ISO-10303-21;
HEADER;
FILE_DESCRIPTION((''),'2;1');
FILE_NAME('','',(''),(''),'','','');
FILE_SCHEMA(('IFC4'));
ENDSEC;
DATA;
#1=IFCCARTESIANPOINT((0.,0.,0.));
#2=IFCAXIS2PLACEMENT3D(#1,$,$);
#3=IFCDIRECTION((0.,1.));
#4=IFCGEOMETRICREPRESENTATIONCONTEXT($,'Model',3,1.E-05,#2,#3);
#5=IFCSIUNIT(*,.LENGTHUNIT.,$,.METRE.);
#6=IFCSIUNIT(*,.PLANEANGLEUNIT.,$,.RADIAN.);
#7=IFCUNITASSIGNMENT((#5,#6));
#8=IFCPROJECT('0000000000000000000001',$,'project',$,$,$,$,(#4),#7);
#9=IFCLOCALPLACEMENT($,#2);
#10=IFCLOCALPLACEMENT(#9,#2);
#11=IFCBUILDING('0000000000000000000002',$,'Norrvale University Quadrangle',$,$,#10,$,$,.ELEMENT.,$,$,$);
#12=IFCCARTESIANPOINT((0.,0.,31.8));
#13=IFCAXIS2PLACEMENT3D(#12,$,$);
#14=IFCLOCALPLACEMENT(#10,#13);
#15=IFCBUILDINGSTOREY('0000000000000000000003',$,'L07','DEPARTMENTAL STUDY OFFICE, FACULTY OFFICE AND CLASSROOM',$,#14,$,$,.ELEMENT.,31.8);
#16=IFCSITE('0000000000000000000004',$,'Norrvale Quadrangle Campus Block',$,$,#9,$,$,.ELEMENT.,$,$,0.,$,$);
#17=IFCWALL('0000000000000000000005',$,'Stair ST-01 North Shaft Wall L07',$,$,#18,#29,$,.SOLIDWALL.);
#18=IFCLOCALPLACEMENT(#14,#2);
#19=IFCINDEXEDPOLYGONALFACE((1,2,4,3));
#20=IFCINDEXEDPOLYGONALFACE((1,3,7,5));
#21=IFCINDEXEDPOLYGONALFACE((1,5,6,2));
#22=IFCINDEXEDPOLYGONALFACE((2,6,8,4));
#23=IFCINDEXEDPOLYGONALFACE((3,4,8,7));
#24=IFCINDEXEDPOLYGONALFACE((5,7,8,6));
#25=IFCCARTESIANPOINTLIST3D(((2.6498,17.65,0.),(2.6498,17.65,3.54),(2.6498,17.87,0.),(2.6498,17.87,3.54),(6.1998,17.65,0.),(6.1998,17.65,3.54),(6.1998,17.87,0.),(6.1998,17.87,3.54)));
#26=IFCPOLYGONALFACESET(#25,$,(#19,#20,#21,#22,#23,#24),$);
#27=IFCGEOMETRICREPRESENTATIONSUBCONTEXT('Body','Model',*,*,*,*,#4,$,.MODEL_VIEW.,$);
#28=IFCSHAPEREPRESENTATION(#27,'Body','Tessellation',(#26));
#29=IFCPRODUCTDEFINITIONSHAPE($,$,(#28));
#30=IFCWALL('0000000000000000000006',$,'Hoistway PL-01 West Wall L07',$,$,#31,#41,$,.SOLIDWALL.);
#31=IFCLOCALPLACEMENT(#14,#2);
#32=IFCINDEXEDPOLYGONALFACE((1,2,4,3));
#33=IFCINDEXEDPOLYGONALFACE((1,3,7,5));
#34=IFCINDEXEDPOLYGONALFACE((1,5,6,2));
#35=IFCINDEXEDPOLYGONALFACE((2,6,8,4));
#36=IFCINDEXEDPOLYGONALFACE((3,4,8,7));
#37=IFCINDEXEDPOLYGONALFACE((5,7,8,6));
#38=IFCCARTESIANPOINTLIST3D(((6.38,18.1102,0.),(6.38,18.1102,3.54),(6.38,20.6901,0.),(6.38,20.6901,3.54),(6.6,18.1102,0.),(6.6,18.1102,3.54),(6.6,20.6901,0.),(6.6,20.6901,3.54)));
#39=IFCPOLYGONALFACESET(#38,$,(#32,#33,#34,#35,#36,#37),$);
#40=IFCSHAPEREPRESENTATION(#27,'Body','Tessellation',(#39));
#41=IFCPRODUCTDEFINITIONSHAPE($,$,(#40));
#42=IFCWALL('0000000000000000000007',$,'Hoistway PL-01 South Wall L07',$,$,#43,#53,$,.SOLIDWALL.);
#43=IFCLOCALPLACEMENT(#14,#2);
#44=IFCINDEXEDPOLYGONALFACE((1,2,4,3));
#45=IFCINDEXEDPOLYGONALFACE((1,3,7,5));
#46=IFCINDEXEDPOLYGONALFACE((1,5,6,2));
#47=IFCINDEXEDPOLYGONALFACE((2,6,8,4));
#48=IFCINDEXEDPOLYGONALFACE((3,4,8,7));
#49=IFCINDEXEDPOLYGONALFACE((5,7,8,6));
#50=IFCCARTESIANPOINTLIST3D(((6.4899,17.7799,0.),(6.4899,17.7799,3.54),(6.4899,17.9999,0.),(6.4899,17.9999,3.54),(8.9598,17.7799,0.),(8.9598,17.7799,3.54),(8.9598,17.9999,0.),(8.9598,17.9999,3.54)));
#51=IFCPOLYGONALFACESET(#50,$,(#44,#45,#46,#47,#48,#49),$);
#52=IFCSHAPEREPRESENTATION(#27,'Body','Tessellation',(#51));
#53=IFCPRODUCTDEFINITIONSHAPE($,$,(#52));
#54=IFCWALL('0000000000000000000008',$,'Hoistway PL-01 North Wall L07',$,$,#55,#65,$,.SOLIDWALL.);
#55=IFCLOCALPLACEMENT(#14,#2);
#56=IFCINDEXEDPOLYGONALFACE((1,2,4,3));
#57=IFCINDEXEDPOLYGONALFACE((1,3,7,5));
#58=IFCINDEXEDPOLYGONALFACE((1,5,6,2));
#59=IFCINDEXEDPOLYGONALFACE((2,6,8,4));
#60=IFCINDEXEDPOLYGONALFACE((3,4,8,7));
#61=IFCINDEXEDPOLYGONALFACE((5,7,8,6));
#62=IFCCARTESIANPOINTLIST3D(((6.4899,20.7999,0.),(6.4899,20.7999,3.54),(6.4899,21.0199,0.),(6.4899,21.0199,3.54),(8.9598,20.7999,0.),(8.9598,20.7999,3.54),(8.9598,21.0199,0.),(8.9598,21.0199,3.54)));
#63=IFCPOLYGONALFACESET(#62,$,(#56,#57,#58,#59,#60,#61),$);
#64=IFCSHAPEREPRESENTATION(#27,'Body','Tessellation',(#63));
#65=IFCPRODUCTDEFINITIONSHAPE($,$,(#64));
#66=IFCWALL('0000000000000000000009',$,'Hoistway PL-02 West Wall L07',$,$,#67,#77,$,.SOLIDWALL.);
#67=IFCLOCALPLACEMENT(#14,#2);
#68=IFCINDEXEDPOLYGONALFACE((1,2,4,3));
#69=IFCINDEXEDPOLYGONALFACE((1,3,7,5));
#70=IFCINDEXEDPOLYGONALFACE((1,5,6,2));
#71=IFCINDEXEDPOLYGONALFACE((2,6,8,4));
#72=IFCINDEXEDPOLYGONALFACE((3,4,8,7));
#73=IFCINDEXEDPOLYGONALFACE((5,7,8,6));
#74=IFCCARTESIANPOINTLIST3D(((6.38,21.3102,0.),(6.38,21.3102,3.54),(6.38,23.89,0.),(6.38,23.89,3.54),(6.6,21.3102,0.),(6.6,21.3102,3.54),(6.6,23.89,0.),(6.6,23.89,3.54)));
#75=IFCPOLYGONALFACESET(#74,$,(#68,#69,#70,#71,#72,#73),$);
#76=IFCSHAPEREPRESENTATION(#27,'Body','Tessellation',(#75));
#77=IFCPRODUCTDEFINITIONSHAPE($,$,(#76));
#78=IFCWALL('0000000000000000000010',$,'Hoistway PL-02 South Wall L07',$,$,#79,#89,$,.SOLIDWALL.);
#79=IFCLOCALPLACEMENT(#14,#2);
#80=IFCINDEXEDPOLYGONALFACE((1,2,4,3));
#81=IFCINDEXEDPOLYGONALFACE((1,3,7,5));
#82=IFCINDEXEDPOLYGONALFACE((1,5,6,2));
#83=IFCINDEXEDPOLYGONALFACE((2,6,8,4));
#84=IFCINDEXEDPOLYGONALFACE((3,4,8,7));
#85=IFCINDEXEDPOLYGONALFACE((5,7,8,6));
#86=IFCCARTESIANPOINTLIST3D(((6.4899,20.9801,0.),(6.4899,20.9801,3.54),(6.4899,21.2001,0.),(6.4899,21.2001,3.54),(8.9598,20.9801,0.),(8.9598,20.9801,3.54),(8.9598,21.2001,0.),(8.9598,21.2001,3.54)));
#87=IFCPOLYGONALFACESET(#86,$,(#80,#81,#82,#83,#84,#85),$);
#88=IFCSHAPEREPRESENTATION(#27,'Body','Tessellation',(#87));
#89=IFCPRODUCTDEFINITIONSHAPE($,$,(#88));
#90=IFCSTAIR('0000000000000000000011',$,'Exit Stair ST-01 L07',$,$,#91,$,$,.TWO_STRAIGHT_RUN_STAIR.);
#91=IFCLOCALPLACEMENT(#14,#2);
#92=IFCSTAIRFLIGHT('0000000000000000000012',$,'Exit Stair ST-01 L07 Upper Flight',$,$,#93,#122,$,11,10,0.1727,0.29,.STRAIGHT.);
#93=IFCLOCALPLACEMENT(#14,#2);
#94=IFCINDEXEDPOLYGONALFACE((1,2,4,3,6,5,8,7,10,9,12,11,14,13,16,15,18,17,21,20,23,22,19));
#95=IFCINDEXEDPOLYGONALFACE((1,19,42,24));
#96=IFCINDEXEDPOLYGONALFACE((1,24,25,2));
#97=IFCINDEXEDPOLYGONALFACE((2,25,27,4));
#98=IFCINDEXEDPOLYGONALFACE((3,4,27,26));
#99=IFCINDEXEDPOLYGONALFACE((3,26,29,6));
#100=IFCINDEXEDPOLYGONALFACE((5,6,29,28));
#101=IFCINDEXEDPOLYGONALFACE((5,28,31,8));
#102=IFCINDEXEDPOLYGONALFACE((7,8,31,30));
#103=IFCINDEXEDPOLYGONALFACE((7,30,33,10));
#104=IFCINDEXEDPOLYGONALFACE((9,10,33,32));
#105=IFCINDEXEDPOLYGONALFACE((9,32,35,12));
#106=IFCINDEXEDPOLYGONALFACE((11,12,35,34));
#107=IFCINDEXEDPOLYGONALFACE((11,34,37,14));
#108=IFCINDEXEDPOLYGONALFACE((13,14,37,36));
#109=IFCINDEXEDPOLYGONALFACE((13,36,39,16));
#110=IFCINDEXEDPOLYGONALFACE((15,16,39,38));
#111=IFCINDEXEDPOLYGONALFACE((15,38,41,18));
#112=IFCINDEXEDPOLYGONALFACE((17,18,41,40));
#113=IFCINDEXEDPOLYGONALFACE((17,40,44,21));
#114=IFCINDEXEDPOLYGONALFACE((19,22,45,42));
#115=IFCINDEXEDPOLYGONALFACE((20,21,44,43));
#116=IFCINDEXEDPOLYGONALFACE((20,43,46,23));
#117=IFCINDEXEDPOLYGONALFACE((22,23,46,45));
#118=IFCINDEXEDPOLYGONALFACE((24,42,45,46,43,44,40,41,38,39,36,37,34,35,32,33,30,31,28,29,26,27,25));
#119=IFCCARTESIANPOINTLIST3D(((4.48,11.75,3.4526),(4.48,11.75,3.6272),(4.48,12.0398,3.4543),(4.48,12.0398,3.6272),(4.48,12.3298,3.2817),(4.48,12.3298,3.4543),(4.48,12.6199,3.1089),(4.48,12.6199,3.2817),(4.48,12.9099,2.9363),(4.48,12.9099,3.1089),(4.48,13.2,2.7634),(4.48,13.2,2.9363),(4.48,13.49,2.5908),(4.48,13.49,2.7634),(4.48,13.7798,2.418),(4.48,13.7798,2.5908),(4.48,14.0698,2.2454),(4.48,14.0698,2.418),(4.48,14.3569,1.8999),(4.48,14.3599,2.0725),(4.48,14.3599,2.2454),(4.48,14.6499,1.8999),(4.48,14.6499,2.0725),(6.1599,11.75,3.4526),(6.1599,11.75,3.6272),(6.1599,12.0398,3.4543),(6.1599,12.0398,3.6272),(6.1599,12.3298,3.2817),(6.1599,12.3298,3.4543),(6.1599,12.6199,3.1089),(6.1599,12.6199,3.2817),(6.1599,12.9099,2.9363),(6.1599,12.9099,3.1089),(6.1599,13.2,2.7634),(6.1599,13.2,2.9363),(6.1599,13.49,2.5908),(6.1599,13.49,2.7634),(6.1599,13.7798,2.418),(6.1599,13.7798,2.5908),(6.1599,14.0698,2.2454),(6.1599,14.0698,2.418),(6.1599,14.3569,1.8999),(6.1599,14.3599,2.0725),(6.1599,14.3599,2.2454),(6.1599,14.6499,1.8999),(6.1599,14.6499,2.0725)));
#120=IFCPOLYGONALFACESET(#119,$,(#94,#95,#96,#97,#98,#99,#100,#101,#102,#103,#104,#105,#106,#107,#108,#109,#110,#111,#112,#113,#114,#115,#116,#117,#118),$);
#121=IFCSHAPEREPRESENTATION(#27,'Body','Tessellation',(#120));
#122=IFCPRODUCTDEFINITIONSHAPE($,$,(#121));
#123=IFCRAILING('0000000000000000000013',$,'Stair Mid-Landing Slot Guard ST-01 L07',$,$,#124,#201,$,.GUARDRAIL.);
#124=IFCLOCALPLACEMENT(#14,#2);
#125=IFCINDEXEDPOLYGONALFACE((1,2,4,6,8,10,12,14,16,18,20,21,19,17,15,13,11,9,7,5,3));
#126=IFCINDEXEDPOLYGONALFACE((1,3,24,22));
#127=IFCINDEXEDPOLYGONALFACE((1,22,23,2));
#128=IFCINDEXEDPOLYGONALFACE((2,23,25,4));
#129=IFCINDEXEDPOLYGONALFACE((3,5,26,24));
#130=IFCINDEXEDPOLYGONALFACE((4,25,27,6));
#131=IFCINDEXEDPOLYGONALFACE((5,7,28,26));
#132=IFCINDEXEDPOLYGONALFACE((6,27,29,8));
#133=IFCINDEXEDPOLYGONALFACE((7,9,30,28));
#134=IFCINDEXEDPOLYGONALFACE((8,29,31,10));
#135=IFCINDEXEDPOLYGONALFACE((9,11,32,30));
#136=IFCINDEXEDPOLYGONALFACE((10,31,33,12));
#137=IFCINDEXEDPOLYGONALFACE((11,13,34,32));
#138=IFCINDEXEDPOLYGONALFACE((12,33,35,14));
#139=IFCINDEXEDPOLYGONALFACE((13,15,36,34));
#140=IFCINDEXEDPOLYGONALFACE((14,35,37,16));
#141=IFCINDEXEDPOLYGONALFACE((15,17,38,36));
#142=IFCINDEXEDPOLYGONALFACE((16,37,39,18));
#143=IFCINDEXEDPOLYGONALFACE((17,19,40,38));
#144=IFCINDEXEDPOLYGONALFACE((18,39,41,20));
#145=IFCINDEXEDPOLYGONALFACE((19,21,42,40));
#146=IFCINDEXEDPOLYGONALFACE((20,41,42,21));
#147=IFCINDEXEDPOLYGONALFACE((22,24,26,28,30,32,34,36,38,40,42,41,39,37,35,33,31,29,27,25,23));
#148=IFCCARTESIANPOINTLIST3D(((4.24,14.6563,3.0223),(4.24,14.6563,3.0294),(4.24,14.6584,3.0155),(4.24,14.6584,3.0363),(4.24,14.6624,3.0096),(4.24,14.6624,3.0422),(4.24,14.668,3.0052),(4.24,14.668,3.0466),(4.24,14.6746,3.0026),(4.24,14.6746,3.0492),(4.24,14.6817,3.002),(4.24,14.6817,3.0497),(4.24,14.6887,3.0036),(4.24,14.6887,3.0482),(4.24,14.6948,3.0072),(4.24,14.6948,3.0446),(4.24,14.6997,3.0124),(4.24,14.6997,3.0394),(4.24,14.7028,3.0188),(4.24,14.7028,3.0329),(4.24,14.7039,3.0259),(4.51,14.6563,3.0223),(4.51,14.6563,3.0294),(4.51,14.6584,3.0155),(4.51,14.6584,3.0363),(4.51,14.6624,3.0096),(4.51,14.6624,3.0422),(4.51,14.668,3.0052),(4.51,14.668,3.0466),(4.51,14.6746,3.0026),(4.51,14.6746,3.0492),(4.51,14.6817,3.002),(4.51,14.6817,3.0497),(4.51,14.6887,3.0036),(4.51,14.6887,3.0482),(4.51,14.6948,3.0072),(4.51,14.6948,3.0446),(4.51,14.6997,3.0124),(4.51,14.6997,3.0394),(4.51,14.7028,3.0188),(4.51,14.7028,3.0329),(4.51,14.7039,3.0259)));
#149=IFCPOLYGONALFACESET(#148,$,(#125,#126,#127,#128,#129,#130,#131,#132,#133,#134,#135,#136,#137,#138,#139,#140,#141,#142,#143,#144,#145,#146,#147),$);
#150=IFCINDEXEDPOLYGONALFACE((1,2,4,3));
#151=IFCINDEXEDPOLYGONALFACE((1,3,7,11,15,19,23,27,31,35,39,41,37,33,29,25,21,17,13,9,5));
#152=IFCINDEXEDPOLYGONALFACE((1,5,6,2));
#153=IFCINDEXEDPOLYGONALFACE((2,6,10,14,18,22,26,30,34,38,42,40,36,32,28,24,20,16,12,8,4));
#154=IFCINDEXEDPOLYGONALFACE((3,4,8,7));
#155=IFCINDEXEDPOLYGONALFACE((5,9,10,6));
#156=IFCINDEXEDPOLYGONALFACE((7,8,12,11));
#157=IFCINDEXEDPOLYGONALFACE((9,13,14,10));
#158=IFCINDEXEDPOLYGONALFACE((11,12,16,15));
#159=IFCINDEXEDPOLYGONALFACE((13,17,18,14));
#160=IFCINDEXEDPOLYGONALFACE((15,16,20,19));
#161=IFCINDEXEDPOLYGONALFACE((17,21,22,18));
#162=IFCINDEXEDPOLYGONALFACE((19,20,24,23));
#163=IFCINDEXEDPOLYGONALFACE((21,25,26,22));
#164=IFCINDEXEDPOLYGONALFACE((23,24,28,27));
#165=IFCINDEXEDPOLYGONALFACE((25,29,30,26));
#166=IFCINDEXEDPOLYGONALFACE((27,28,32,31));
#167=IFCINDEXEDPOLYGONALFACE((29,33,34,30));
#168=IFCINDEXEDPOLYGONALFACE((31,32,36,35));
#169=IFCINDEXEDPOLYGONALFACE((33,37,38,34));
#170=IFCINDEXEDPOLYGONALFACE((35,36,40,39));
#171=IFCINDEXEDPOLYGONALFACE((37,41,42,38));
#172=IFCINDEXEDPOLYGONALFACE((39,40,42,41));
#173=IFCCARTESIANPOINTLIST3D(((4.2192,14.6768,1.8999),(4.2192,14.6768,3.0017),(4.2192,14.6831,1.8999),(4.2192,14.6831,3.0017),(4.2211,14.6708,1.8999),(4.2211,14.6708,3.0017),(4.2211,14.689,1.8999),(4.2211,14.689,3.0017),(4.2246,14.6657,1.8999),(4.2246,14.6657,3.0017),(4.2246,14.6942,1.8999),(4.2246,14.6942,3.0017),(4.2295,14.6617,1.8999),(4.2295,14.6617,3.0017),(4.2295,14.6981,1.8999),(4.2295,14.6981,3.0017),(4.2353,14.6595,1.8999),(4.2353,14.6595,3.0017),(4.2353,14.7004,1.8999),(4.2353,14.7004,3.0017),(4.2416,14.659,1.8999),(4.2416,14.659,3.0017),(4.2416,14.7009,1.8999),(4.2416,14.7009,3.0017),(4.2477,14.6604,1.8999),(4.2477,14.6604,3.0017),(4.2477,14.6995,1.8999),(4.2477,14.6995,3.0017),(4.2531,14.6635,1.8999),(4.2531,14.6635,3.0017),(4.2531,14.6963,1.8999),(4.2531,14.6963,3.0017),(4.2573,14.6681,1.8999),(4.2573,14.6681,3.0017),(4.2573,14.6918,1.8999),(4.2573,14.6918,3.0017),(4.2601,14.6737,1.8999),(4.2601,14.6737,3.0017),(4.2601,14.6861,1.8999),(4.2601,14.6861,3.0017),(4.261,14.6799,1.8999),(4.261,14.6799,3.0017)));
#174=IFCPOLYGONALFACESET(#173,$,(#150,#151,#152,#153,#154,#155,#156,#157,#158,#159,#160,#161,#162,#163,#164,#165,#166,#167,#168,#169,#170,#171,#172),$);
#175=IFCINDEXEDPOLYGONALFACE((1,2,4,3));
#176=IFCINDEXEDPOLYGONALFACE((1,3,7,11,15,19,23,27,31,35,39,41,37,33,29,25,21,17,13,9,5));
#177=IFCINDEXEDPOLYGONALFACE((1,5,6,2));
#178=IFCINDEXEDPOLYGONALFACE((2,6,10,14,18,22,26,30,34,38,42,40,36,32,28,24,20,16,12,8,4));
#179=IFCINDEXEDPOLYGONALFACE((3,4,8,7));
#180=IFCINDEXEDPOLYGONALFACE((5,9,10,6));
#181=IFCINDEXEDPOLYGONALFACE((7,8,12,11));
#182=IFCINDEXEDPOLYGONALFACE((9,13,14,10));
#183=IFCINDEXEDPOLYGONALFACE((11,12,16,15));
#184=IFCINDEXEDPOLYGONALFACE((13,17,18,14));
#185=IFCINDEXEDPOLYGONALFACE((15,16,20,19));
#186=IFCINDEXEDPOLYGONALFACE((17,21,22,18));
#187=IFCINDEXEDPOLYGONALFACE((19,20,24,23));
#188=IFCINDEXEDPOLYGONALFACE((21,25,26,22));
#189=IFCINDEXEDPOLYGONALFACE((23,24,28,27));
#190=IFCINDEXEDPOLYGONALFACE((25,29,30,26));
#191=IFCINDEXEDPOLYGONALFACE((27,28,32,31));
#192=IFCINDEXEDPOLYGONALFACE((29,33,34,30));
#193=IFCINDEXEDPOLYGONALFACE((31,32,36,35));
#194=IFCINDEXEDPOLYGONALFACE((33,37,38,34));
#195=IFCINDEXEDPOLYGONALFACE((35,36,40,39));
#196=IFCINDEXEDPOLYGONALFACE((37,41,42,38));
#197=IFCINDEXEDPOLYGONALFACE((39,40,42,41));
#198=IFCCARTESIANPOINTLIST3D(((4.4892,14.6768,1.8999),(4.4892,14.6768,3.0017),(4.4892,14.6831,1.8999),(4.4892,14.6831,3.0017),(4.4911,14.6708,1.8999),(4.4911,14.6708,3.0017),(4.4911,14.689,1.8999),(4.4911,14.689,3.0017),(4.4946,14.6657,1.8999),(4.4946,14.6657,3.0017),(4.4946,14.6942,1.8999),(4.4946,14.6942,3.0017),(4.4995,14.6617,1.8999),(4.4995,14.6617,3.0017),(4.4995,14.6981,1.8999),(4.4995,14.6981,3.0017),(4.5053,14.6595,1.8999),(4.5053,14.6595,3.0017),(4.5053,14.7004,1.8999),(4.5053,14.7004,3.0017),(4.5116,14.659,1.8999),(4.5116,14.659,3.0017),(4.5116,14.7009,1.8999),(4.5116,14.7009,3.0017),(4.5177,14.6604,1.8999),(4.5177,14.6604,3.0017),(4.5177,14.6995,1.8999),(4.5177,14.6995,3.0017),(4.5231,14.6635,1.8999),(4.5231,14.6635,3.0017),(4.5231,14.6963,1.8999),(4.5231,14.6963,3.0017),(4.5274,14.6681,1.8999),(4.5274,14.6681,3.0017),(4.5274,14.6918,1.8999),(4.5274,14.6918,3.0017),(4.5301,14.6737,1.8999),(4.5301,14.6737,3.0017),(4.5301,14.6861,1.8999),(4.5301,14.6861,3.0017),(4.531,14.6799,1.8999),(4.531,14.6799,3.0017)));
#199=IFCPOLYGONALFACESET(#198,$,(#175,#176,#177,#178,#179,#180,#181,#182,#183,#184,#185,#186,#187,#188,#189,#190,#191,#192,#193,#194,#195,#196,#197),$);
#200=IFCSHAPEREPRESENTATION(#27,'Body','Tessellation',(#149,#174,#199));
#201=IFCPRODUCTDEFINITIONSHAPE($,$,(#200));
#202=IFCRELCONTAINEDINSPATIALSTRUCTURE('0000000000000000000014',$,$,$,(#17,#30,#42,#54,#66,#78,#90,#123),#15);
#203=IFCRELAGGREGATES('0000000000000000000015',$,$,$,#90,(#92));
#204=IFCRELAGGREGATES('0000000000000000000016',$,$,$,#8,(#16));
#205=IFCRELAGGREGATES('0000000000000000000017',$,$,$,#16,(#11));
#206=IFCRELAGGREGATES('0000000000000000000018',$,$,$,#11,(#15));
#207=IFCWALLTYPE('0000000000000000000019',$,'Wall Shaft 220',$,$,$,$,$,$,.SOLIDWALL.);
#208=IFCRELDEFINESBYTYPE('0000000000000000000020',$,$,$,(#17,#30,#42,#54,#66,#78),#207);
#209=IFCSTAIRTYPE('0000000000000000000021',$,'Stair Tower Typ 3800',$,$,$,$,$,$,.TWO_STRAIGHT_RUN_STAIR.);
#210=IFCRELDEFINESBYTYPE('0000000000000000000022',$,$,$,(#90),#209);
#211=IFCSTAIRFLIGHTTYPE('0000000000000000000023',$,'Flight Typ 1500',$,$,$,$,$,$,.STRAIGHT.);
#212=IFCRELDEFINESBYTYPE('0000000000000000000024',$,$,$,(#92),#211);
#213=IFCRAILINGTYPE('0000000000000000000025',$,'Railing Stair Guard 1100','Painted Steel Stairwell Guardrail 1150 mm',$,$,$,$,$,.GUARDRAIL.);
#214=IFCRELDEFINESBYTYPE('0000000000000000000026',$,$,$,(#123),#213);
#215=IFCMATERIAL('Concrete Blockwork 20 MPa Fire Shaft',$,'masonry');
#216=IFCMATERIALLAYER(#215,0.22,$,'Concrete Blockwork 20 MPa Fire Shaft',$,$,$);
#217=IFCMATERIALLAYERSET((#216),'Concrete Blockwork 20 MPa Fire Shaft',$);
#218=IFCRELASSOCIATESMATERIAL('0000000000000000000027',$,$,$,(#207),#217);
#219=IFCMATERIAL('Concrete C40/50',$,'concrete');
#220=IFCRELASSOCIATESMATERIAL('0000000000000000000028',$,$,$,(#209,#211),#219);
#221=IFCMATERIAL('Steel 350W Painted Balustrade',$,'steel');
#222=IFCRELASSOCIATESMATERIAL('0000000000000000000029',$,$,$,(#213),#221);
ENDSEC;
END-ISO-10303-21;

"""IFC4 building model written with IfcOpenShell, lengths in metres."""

from ifc_helpers import new_model, si_unit, direction, frame, frame_2d, origin, origin_2d, place, context, subcontext, project, spatial, polyline, rectangle, circle, outline, extrude, material, layer, layer_set, type_object, element, aggregate, save


model = new_model("IFC4")

# Units and contexts
model_context = context("Model", 3, precision=1e-05, world=origin(), true_north=direction((0.0, 1.0)))
body_context = subcontext(model_context, "Body", "Model", "MODEL_VIEW")
ifc_project = project(units=[si_unit("LENGTHUNIT", "METRE"), si_unit("PLANEANGLEUNIT", "RADIAN")], contexts=[model_context])

# Site, building, storey
site_placement = place(None, origin())
site = spatial("IfcSite", under=ifc_project, at=site_placement, Name="Norrvale Quadrangle Campus Block", CompositionType="ELEMENT", RefElevation=0.0)
building_placement = place(site_placement, origin())
building = spatial("IfcBuilding", under=site, at=building_placement, Name="Norrvale University Quadrangle", CompositionType="ELEMENT")
storey_placement = place(building_placement, frame((0.0, 0.0, 31.8)))
storey = spatial("IfcBuildingStorey", under=building, at=storey_placement, Name="L07", Description="DEPARTMENTAL STUDY OFFICE, FACULTY OFFICE AND CLASSROOM", CompositionType="ELEMENT", Elevation=31.8)

# Walls
ifc_material_1 = material(Name="Concrete Blockwork 20 MPa Fire Shaft", Category="masonry")
ifc_layer_1 = layer(ifc_material_1, 0.22, Name="Concrete Blockwork 20 MPa Fire Shaft")
ifc_layer_set_1 = layer_set([ifc_layer_1], Name="Concrete Blockwork 20 MPa Fire Shaft")
wall_type_1 = type_object("IfcWallType", Name="Wall Shaft 220", PredefinedType="SOLIDWALL", material=ifc_layer_set_1)
wall_1_placement = place(storey_placement, frame((2.6499, 17.76, 0.0), z_axis=(0.0, 0.0, 1.0), x_axis=(1.0, 0.0, 0.0)))
element("IfcWall", 1, at=wall_1_placement, inside=storey, type_object=wall_type_1, Name="Stair ST-01 North Shaft Wall L07", PredefinedType="SOLIDWALL", context=body_context, shape_type="SweptSolid", body=[
    extrude(rectangle(XDim=3.55, YDim=0.22, at=frame_2d((1.7749, 0.0))), origin(), (0.0, 0.0, 1.0), 3.54),
])
wall_2_placement = place(storey_placement, frame((6.49, 18.1101, 0.0), z_axis=(0.0, 0.0, 1.0), x_axis=(0.0, 1.0, 0.0)))
element("IfcWall", 2, at=wall_2_placement, inside=storey, type_object=wall_type_1, Name="Hoistway PL-01 West Wall L07", PredefinedType="SOLIDWALL", context=body_context, shape_type="SweptSolid", body=[
    extrude(rectangle(XDim=2.5798, YDim=0.22, at=frame_2d((1.29, 0.0))), origin(), (0.0, 0.0, 1.0), 3.54),
])
for number, where, z_axis, x_axis, name in (
    (3, (6.49, 17.8899, 0.0), (0.0, 0.0, 1.0), (1.0, 0.0, 0.0), "Hoistway PL-01 South Wall L07"),
    (4, (6.49, 20.9099, 0.0), (0.0, 0.0, 1.0), (1.0, 0.0, 0.0), "Hoistway PL-01 North Wall L07"),
):
    element("IfcWall", number, at=place(storey_placement, frame(where, z_axis=z_axis, x_axis=x_axis)), inside=storey, type_object=wall_type_1, Name=name, PredefinedType="SOLIDWALL", context=body_context, shape_type="SweptSolid", body=[
        extrude(rectangle(XDim=2.47, YDim=0.22, at=frame_2d((1.2349, 0.0))), origin(), (0.0, 0.0, 1.0), 3.54),
    ])
wall_3_placement = place(storey_placement, frame((6.49, 21.3101, 0.0), z_axis=(0.0, 0.0, 1.0), x_axis=(0.0, 1.0, 0.0)))
element("IfcWall", 5, at=wall_3_placement, inside=storey, type_object=wall_type_1, Name="Hoistway PL-02 West Wall L07", PredefinedType="SOLIDWALL", context=body_context, shape_type="SweptSolid", body=[
    extrude(rectangle(XDim=2.5798, YDim=0.22, at=frame_2d((1.29, 0.0))), origin(), (0.0, 0.0, 1.0), 3.54),
])
wall_4_placement = place(storey_placement, frame((6.49, 21.0901, 0.0), z_axis=(0.0, 0.0, 1.0), x_axis=(1.0, 0.0, 0.0)))
element("IfcWall", 6, at=wall_4_placement, inside=storey, type_object=wall_type_1, Name="Hoistway PL-02 South Wall L07", PredefinedType="SOLIDWALL", context=body_context, shape_type="SweptSolid", body=[
    extrude(rectangle(XDim=2.47, YDim=0.22, at=frame_2d((1.2349, 0.0))), origin(), (0.0, 0.0, 1.0), 3.54),
])

# Stair, stair flight
ifc_material_2 = material(Name="Concrete C40/50", Category="concrete")
stair_type = type_object("IfcStairType", Name="Stair Tower Typ 3800", PredefinedType="TWO_STRAIGHT_RUN_STAIR", material=ifc_material_2)
stair_placement = place(storey_placement, origin())
stair = element("IfcStair", 7, at=stair_placement, inside=storey, type_object=stair_type, Name="Exit Stair ST-01 L07", PredefinedType="TWO_STRAIGHT_RUN_STAIR")
stair_flight_type = type_object("IfcStairFlightType", Name="Flight Typ 1500", PredefinedType="STRAIGHT", material=ifc_material_2)
stair_flight_placement = place(storey_placement, frame((5.3201, 14.6499, 1.8999), z_axis=(0.0, 0.0, 1.0), x_axis=(0.0, -1.0, 0.0)))
stair_flight = element("IfcStairFlight", 8, at=stair_flight_placement, type_object=stair_flight_type, Name="Exit Stair ST-01 L07 Upper Flight", NumberOfRisers=11, NumberOfTreads=10, PredefinedType="STRAIGHT", RiserHeight=0.1727, TreadLength=0.29, context=body_context, shape_type="SweptSolid", body=[
    extrude(outline(polyline([(0.0, 0.0), (0.0, 0.1726), (0.29, 0.1726), (0.29, 0.3455), (0.5801, 0.3455), (0.5801, 0.5181), (0.8701, 0.5181), (0.8701, 0.6909), (1.1599, 0.6909), (1.1599, 0.8635), (1.45, 0.8635), (1.45, 1.0364), (1.74, 1.0364), (1.74, 1.209), (2.03, 1.209), (2.03, 1.3818), (2.3201, 1.3818), (2.3201, 1.5544), (2.6101, 1.5544), (2.6101, 1.7273), (2.8999, 1.7273), (2.8999, 1.8999), (2.8999, 1.5527), (0.293, 0.0), (0.0, 0.0)])), frame((0.0, 0.8398, 0.0), z_axis=(0.0, -1.0, 0.0), x_axis=(1.0, 0.0, 0.0)), (0.0, 0.0, 1.0), 1.6799),
])
aggregate(stair, [stair_flight])

# Railing
ifc_material_3 = material(Name="Steel 350W Painted Balustrade", Category="steel")
railing_type_1 = type_object("IfcRailingType", Name="Railing Stair Guard 1100", Description="Painted Steel Stairwell Guardrail 1150 mm", PredefinedType="GUARDRAIL", material=ifc_material_3)
railing_1_placement = place(storey_placement, frame((4.24, 14.6799, 1.8999)))
element("IfcRailing", 9, at=railing_1_placement, inside=storey, type_object=railing_type_1, Name="Stair Mid-Landing Slot Guard ST-01 L07", PredefinedType="GUARDRAIL", context=body_context, shape_type="SweptSolid", body=[
    extrude(circle(Radius=0.0239, at=origin_2d()), frame((0.0, 0.0, 1.126), z_axis=(1.0, 0.0, 0.0), x_axis=(0.0, 1.0, 0.0)), (0.0, 0.0, 1.0), 0.27),
    extrude(circle(Radius=0.021, at=origin_2d()), origin(), (0.0, 0.0, 1.0), 1.1018),
    extrude(circle(Radius=0.021, at=origin_2d()), frame((0.27, 0.0, 0.0)), (0.0, 0.0, 1.0), 1.1018),
])

save(model, "model.ifc")
